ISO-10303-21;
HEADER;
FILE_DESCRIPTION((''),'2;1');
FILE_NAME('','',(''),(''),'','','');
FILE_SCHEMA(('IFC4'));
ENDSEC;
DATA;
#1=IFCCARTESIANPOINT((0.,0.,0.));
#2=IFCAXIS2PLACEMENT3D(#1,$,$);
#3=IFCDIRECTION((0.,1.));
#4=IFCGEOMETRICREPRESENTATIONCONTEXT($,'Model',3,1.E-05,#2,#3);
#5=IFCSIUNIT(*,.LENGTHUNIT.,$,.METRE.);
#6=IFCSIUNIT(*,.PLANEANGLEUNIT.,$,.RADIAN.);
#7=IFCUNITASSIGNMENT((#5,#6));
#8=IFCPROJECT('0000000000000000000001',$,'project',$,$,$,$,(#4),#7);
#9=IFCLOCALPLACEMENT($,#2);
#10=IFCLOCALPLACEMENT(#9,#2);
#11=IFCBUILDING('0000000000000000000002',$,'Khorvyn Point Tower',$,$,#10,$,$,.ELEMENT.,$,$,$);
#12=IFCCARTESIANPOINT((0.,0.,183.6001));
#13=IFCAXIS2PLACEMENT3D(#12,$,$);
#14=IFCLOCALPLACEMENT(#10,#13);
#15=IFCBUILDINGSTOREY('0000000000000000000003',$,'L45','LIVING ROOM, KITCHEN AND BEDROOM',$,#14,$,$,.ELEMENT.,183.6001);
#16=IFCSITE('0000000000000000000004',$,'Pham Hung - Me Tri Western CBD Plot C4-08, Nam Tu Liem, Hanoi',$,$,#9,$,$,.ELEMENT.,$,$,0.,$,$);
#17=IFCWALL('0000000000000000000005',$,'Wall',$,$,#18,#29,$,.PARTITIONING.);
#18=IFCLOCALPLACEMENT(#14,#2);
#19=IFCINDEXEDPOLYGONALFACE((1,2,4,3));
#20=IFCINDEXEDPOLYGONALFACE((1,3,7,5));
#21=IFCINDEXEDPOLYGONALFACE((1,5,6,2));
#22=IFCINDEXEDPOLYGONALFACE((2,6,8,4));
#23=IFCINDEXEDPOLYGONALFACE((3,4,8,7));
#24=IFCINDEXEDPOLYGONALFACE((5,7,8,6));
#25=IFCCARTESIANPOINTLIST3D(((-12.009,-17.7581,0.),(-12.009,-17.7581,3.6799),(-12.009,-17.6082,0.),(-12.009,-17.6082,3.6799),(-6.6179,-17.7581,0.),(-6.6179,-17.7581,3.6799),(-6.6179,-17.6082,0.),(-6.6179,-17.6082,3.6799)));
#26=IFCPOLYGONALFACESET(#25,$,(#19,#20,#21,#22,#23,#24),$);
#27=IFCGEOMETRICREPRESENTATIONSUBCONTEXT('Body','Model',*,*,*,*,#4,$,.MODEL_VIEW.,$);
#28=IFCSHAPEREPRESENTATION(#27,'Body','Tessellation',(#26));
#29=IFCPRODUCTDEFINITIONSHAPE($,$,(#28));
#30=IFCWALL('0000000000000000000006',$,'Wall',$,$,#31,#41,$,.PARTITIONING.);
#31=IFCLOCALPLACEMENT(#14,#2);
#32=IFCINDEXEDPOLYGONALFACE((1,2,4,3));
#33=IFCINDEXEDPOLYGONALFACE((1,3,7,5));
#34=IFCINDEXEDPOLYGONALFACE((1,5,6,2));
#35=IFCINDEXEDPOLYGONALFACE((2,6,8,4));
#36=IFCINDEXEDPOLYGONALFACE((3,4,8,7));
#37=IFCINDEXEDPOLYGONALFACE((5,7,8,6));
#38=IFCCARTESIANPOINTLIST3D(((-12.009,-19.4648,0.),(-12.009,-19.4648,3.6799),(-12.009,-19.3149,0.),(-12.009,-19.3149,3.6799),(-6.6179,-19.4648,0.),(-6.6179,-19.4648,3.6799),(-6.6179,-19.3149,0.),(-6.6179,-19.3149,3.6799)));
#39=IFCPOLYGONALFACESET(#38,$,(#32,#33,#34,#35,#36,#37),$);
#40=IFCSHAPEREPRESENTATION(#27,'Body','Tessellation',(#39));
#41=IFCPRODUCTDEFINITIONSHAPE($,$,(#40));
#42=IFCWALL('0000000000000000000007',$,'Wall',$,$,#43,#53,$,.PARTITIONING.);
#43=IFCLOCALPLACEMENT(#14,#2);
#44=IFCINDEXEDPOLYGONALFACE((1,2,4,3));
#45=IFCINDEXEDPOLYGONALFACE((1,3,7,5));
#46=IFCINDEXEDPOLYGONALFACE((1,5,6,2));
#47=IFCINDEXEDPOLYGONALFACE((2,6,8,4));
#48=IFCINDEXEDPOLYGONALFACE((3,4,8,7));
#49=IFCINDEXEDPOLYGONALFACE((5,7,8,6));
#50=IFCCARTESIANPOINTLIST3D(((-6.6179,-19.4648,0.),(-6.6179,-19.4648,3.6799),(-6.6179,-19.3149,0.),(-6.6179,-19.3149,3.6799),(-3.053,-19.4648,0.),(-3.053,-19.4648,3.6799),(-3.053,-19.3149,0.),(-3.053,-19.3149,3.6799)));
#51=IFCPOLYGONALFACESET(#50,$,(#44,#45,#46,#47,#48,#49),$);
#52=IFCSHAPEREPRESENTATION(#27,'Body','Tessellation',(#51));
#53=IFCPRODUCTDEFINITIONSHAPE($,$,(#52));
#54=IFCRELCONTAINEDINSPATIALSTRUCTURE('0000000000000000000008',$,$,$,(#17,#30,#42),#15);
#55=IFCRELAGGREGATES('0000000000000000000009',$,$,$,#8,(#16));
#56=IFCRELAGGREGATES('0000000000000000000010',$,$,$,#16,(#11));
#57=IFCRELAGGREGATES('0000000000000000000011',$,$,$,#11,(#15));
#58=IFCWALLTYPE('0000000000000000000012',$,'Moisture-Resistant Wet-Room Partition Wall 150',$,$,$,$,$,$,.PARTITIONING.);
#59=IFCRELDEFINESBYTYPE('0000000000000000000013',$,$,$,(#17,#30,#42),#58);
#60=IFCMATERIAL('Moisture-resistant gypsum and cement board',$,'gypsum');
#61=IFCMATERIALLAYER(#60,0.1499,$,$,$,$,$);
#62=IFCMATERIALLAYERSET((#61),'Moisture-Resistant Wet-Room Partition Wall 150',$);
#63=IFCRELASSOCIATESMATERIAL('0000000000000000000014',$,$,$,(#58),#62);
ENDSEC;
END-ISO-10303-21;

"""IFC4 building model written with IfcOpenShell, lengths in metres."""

from ifc_helpers import new_model, si_unit, direction, frame, frame_2d, origin, place, context, subcontext, project, spatial, rectangle, extrude, material, layer, layer_set, type_object, element, save


model = new_model("IFC4")

# Units and contexts
model_context = context("Model", 3, precision=1e-05, world=origin(), true_north=direction((0.0, 1.0)))
body_context = subcontext(model_context, "Body", "Model", "MODEL_VIEW")
ifc_project = project(units=[si_unit("LENGTHUNIT", "METRE"), si_unit("PLANEANGLEUNIT", "RADIAN")], contexts=[model_context])

# Site, building, storey
site_placement = place(None, origin())
site = spatial("IfcSite", under=ifc_project, at=site_placement, Name="Pham Hung - Me Tri Western CBD Plot C4-08, Nam Tu Liem, Hanoi", CompositionType="ELEMENT", RefElevation=0.0)
building_placement = place(site_placement, origin())
building = spatial("IfcBuilding", under=site, at=building_placement, Name="Khorvyn Point Tower", CompositionType="ELEMENT")
storey_placement = place(building_placement, frame((0.0, 0.0, 183.6001)))
storey = spatial("IfcBuildingStorey", under=building, at=storey_placement, Name="L45", Description="LIVING ROOM, KITCHEN AND BEDROOM", CompositionType="ELEMENT", Elevation=183.6001)

# Shared definitions
ifc_material_1 = material(Name="Moisture-resistant gypsum and cement board", Category="gypsum")
ifc_layer_1 = layer(ifc_material_1, 0.1499)
ifc_layer_set_1 = layer_set([ifc_layer_1], Name="Moisture-Resistant Wet-Room Partition Wall 150")
wall_type_1 = type_object("IfcWallType", Name="Moisture-Resistant Wet-Room Partition Wall 150", PredefinedType="PARTITIONING", material=ifc_layer_set_1)

# Walls
for number, where, z_axis, x_axis, name in (
    (1, (-12.009, -17.6831, 0.0), (0.0, 0.0, 1.0), (1.0, 0.0, 0.0), "Wall"),
    (2, (-12.009, -19.3899, 0.0), (0.0, 0.0, 1.0), (1.0, 0.0, 0.0), "Wall"),
):
    element("IfcWall", number, at=place(storey_placement, frame(where, z_axis=z_axis, x_axis=x_axis)), inside=storey, type_object=wall_type_1, Name=name, PredefinedType="PARTITIONING", context=body_context, shape_type="SweptSolid", body=[
        extrude(rectangle(XDim=5.3911, YDim=0.1499, at=frame_2d((2.6956, 0.0))), origin(), (0.0, 0.0, 1.0), 3.6799),
    ])
wall_1_placement = place(storey_placement, frame((-6.6179, -19.3899, 0.0), z_axis=(0.0, 0.0, 1.0), x_axis=(1.0, 0.0, 0.0)))
element("IfcWall", 3, at=wall_1_placement, inside=storey, type_object=wall_type_1, Name="Wall", PredefinedType="PARTITIONING", context=body_context, shape_type="SweptSolid", body=[
    extrude(rectangle(XDim=3.5649, YDim=0.1499, at=frame_2d((1.7825, 0.0))), origin(), (0.0, 0.0, 1.0), 3.6799),
])

save(model, "model.ifc")
